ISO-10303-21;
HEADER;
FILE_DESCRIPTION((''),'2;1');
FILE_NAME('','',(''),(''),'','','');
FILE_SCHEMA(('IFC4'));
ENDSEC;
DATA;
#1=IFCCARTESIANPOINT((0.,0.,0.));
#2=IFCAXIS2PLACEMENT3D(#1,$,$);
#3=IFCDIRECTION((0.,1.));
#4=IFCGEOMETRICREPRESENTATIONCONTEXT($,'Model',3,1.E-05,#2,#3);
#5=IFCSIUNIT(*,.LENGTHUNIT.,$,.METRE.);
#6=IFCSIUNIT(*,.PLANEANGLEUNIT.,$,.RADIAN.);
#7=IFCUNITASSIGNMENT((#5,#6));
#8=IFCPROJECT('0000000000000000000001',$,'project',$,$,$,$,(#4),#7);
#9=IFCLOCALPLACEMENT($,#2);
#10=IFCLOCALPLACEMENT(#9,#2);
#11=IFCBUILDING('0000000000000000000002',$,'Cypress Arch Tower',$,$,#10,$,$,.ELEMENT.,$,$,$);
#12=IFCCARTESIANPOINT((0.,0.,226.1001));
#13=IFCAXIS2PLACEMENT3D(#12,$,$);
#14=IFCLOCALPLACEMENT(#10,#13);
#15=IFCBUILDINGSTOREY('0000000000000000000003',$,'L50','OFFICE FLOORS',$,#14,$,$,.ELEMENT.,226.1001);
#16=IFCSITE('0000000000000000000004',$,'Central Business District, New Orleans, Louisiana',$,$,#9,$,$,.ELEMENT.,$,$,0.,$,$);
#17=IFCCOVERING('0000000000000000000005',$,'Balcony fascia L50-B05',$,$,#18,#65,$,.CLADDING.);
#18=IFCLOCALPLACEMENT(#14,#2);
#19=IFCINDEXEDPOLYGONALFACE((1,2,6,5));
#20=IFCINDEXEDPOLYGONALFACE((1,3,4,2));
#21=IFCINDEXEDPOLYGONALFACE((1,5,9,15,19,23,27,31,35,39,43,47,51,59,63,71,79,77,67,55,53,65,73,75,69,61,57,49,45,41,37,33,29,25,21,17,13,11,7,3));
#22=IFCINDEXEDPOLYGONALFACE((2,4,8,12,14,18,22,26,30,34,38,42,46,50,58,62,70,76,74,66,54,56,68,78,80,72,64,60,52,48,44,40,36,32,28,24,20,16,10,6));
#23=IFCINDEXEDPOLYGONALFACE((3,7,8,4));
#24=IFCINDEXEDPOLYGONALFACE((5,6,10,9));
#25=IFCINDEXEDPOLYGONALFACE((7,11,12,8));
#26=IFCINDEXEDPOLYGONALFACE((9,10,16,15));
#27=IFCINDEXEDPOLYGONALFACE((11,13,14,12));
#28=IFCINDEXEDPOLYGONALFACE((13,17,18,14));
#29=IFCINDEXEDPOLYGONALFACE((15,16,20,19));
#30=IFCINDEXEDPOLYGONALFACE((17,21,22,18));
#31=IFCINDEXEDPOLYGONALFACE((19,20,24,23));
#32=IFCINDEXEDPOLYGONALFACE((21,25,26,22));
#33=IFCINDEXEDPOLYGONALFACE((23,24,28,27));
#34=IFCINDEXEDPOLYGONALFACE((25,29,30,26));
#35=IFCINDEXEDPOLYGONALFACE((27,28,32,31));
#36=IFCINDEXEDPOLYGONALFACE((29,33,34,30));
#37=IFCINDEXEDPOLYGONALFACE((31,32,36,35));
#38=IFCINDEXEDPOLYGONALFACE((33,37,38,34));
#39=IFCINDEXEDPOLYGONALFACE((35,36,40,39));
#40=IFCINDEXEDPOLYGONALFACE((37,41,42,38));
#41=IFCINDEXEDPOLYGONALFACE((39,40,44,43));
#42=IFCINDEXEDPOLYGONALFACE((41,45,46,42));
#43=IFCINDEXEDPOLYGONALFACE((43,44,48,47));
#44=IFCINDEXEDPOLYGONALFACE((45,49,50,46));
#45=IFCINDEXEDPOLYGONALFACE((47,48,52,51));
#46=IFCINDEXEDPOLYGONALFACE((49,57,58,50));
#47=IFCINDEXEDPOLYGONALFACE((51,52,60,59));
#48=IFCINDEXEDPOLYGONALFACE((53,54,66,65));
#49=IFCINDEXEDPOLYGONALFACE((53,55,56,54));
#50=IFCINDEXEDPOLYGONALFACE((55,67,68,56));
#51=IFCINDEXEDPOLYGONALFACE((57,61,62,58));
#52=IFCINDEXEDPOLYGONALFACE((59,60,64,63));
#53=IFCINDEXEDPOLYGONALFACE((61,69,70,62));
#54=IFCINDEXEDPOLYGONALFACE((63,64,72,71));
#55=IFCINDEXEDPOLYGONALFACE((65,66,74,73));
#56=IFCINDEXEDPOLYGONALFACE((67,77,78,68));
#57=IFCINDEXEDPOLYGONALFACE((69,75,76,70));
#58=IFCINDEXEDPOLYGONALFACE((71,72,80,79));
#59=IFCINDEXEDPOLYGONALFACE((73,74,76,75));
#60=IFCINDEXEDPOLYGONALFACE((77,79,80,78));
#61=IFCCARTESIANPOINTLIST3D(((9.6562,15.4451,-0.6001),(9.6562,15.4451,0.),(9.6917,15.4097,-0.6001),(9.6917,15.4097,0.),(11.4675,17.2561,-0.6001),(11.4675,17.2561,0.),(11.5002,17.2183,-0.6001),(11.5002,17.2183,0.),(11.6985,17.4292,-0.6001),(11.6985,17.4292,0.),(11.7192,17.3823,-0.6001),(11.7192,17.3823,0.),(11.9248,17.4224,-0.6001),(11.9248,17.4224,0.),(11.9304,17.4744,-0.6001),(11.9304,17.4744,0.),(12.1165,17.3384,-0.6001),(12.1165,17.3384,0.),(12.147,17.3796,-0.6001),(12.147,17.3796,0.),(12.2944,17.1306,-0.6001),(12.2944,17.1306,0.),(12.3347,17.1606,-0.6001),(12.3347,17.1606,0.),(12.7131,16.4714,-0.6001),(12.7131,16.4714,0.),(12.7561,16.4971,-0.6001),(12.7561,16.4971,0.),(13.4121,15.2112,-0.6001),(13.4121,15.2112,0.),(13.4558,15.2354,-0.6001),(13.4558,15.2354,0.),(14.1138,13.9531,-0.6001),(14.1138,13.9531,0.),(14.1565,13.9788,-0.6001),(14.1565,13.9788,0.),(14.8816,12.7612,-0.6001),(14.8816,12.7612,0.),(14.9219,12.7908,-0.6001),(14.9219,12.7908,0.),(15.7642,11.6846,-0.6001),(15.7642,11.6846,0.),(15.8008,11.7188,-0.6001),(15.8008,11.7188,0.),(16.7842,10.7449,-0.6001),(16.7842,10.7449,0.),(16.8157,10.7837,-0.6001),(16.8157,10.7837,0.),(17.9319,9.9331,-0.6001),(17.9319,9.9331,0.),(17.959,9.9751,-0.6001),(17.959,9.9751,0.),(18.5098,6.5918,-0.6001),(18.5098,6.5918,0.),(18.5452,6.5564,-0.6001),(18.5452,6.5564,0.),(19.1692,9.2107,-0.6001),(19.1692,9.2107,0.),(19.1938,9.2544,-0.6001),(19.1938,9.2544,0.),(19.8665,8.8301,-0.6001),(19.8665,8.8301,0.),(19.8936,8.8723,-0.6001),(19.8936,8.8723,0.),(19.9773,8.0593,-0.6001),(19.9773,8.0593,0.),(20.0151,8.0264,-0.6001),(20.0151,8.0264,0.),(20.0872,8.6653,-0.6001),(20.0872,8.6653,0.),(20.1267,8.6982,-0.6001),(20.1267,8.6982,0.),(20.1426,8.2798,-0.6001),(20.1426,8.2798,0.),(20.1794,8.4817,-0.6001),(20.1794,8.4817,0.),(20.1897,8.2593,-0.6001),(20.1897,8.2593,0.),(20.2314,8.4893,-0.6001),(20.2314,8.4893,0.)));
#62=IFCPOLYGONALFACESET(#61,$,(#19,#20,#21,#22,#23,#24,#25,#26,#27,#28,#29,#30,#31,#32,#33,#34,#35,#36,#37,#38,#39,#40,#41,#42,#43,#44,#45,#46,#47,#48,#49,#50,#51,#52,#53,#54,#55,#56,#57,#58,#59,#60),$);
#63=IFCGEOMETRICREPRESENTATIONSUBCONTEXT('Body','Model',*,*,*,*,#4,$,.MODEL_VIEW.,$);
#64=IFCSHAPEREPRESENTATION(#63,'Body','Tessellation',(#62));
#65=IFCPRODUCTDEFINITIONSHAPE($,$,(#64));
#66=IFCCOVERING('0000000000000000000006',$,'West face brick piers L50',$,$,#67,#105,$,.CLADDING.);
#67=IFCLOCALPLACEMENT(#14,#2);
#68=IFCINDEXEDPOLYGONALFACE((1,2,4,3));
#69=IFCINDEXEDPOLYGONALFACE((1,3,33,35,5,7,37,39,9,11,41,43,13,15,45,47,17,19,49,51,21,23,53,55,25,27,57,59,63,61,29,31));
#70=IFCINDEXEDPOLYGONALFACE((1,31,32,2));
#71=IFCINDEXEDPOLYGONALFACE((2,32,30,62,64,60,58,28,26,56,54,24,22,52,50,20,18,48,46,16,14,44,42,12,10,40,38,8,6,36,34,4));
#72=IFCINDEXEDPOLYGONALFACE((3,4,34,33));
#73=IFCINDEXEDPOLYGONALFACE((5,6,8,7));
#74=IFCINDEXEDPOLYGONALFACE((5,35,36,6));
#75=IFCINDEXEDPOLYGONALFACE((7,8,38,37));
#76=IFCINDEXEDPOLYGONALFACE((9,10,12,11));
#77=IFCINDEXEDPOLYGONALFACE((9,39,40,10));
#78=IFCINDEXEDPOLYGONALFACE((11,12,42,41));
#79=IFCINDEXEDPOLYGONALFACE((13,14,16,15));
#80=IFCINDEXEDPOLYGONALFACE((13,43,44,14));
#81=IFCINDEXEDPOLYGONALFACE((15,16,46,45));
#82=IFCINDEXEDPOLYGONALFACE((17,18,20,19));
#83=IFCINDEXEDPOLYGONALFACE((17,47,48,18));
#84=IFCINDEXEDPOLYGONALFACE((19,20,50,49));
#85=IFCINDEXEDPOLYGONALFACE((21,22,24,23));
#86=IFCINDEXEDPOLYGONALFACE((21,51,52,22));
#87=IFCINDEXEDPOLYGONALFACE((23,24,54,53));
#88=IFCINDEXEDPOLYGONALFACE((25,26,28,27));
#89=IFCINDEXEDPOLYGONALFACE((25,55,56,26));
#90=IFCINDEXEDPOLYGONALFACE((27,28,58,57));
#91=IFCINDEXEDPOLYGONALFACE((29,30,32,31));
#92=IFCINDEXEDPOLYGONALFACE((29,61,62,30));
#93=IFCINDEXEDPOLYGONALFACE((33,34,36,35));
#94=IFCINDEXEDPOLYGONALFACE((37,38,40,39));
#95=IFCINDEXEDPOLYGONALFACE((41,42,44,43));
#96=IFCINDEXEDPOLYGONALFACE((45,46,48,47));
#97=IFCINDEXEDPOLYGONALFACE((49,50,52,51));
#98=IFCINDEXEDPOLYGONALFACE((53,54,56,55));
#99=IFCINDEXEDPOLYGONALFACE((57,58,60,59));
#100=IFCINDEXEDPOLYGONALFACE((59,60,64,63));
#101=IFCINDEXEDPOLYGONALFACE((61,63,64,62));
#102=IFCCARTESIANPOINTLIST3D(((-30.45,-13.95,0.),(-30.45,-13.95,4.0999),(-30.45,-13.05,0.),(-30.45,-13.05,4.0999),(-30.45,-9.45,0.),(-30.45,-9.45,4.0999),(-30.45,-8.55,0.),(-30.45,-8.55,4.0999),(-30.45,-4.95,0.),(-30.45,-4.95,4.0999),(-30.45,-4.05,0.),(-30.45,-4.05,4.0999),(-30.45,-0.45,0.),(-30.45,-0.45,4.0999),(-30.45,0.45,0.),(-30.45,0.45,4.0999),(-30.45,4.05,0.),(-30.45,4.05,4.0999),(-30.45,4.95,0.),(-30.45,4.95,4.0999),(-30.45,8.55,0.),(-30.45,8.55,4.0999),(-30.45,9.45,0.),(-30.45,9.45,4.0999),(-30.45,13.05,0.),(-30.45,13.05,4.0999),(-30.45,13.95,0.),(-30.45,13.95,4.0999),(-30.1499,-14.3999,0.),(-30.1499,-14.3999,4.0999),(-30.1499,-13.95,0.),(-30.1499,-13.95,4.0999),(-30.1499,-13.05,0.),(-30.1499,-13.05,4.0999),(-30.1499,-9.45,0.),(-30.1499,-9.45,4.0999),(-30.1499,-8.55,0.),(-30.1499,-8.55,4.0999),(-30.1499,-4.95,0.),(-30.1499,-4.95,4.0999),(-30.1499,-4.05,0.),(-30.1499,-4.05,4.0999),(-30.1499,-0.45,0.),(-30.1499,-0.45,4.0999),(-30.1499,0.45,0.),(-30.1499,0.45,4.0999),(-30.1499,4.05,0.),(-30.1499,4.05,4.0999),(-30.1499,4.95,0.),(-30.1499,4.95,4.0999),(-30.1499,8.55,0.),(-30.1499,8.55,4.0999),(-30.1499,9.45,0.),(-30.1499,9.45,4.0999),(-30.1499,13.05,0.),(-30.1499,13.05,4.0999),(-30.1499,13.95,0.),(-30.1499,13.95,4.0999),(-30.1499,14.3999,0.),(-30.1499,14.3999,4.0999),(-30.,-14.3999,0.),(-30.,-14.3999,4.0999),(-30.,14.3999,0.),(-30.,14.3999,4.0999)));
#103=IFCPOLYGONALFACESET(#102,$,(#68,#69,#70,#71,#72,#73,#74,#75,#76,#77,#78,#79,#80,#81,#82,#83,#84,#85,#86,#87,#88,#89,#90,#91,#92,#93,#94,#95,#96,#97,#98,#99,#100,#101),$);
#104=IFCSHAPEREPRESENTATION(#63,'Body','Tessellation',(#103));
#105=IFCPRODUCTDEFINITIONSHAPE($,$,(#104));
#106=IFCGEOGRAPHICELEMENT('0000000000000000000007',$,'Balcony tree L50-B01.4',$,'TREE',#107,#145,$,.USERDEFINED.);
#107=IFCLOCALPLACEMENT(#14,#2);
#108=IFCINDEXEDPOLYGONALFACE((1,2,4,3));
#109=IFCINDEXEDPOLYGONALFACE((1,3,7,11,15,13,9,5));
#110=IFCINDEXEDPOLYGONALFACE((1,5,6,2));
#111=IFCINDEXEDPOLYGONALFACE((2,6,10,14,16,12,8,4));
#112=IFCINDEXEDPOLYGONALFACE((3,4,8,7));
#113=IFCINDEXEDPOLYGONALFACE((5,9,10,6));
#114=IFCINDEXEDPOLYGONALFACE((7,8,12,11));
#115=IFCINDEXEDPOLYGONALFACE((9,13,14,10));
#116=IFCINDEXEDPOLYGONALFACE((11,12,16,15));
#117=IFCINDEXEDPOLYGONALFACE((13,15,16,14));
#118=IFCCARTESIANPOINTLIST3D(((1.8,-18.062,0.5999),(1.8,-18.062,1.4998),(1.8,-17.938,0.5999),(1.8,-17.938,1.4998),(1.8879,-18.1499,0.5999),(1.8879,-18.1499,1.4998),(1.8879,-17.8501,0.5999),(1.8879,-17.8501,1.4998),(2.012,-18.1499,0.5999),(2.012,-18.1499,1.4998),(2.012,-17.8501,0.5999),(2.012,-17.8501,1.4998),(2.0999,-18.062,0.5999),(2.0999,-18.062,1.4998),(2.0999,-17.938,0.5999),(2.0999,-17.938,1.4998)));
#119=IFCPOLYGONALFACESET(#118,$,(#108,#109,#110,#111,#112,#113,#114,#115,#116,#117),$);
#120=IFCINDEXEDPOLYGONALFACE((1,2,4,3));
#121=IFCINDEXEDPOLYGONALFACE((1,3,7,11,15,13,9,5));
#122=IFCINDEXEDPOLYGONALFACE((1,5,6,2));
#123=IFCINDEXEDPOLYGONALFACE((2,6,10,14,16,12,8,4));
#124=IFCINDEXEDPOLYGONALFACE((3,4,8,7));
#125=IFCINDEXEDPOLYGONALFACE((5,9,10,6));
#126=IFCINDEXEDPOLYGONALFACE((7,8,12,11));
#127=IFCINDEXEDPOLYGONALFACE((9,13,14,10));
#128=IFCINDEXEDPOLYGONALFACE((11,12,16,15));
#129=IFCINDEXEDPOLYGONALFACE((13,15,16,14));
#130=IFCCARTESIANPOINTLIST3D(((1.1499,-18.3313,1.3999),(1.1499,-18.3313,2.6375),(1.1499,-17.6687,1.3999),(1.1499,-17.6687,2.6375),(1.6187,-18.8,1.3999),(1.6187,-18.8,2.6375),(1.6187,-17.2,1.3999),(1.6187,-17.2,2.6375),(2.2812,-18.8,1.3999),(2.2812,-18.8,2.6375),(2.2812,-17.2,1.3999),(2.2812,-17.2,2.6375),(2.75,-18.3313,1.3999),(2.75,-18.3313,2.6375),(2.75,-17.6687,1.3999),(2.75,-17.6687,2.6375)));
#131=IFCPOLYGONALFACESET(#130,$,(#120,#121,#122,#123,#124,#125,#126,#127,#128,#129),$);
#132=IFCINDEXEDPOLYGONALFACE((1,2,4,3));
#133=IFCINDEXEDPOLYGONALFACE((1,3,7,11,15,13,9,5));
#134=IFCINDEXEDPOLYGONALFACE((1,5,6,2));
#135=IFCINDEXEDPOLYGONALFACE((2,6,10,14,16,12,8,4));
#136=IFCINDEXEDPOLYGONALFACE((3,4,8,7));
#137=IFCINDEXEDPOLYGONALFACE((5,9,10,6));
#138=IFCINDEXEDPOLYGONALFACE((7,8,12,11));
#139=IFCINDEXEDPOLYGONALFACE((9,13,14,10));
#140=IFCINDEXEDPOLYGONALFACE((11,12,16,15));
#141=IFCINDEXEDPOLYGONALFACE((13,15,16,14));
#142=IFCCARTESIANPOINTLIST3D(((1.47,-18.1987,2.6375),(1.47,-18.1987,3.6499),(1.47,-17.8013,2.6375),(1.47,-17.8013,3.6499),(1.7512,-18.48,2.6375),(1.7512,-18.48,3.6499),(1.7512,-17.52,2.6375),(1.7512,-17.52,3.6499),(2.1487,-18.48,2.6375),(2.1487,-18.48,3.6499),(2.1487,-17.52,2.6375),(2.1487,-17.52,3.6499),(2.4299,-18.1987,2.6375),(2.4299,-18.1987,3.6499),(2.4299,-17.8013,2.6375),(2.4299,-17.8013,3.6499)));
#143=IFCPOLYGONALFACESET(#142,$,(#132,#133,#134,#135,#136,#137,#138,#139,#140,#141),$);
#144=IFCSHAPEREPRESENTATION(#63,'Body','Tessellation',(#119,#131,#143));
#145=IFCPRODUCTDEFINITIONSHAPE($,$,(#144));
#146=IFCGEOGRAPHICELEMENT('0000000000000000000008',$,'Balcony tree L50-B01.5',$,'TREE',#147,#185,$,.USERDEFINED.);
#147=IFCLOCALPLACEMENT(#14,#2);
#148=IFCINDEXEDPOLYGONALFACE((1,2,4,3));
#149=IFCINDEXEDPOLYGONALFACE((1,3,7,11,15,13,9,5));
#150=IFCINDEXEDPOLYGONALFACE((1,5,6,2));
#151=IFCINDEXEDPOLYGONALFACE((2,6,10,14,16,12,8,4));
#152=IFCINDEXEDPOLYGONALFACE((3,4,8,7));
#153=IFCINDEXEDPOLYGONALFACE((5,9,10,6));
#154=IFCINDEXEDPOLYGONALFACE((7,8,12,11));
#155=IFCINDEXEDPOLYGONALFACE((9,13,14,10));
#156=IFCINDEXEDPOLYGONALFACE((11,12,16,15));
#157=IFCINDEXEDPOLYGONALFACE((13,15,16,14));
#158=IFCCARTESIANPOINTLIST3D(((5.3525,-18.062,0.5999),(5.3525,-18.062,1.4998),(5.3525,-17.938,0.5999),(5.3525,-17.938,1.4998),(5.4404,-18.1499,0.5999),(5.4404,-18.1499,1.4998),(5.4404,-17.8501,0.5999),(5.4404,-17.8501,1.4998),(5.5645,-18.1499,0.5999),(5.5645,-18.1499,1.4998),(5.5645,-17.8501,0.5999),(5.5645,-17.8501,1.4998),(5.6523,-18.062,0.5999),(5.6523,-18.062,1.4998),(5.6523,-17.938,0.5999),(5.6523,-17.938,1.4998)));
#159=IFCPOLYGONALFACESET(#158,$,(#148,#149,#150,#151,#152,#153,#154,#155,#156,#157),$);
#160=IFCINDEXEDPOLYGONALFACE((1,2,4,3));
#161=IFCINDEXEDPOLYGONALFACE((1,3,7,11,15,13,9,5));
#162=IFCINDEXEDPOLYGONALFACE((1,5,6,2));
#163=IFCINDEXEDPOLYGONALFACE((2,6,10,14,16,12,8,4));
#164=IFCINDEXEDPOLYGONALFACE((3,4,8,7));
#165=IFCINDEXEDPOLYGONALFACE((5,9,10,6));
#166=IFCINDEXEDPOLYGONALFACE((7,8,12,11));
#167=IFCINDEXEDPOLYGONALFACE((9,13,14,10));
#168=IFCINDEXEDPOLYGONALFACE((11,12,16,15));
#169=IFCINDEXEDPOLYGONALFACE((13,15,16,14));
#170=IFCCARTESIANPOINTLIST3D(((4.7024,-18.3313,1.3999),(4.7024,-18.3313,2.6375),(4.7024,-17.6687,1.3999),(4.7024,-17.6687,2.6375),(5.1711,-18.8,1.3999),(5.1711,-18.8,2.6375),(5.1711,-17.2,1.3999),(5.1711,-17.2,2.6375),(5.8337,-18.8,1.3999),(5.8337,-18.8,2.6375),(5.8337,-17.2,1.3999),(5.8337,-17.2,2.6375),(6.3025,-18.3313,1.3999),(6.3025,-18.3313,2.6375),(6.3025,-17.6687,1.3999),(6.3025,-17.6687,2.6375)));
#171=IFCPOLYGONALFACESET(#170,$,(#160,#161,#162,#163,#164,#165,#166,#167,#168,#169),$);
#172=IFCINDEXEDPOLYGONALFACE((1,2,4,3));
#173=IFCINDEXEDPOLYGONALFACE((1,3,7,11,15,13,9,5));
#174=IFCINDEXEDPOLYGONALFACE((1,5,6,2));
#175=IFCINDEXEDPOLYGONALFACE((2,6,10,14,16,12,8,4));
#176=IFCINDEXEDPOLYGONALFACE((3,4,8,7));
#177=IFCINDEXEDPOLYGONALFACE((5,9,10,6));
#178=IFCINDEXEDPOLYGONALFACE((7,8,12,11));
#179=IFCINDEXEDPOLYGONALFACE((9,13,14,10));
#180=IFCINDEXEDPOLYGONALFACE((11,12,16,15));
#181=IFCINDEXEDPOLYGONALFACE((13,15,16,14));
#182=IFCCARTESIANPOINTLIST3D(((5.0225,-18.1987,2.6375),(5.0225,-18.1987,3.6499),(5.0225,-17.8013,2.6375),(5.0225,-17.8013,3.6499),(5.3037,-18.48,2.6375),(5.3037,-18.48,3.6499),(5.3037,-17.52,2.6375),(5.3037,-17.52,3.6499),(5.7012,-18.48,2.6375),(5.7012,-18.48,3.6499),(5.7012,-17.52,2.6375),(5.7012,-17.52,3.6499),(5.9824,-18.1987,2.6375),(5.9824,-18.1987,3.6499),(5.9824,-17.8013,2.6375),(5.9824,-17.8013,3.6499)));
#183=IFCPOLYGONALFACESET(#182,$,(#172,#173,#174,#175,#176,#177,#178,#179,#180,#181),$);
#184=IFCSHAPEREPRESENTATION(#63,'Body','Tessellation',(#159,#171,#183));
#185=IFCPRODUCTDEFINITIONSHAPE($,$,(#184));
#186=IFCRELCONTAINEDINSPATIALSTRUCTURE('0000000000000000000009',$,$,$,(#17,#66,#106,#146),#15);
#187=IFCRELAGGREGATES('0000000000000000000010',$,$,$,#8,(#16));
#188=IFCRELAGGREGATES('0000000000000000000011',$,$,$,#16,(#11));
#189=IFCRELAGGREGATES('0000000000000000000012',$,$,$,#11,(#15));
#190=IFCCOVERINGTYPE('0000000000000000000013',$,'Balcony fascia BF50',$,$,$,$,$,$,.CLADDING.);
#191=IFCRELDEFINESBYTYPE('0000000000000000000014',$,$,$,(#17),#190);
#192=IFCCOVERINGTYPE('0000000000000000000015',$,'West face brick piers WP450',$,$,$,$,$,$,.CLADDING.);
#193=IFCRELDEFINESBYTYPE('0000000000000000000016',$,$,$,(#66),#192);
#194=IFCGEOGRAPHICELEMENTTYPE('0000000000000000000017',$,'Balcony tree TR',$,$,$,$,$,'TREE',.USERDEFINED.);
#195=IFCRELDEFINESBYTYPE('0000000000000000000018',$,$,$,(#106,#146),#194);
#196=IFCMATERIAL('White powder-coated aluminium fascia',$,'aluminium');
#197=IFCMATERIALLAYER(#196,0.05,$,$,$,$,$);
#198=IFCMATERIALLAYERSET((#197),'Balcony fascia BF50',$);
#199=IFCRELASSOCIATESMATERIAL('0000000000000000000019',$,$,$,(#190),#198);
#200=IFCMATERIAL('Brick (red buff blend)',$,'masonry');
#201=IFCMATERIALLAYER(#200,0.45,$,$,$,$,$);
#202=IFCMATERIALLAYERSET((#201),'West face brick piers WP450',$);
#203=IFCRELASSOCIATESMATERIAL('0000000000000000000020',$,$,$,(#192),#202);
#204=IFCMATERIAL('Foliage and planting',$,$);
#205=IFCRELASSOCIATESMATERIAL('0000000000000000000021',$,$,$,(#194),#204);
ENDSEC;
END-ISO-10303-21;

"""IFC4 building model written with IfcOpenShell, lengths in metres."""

from ifc_helpers import new_model, si_unit, direction, frame, origin, place, context, subcontext, project, spatial, polyline, outline, extrude, material, layer, layer_set, type_object, element, save


model = new_model("IFC4")

# Units and contexts
model_context = context("Model", 3, precision=1e-05, world=origin(), true_north=direction((0.0, 1.0)))
body_context = subcontext(model_context, "Body", "Model", "MODEL_VIEW")
ifc_project = project(units=[si_unit("LENGTHUNIT", "METRE"), si_unit("PLANEANGLEUNIT", "RADIAN")], contexts=[model_context])

# Site, building, storey
site_placement = place(None, origin())
site = spatial("IfcSite", under=ifc_project, at=site_placement, Name="Central Business District, New Orleans, Louisiana", CompositionType="ELEMENT", RefElevation=0.0)
building_placement = place(site_placement, origin())
building = spatial("IfcBuilding", under=site, at=building_placement, Name="Cypress Arch Tower", CompositionType="ELEMENT")
storey_placement = place(building_placement, frame((0.0, 0.0, 226.1001)))
storey = spatial("IfcBuildingStorey", under=building, at=storey_placement, Name="L50", Description="OFFICE FLOORS", CompositionType="ELEMENT", Elevation=226.1001)

# Coverings
ifc_material_1 = material(Name="White powder-coated aluminium fascia", Category="aluminium")
ifc_layer_1 = layer(ifc_material_1, 0.05)
ifc_layer_set_1 = layer_set([ifc_layer_1], Name="Balcony fascia BF50")
covering_type_1 = type_object("IfcCoveringType", Name="Balcony fascia BF50", PredefinedType="CLADDING", material=ifc_layer_set_1)
covering_1_placement = place(storey_placement, frame((0.0, 0.0, -0.6001)))
element("IfcCovering", 1, at=covering_1_placement, inside=storey, type_object=covering_type_1, Name="Balcony fascia L50-B05", PredefinedType="CLADDING", context=body_context, shape_type="SweptSolid", body=[
    extrude(outline(polyline([(11.4675, 17.2561), (11.6985, 17.4292), (11.9304, 17.4744), (12.147, 17.3796), (12.3347, 17.1606), (12.7561, 16.4971), (13.4558, 15.2354), (14.1565, 13.9788), (14.9219, 12.7908), (15.8008, 11.7188), (16.8157, 10.7837), (17.959, 9.9751), (19.1938, 9.2544), (19.8936, 8.8723), (20.1267, 8.6982), (20.2314, 8.4893), (20.1897, 8.2593), (20.0151, 8.0264), (18.5452, 6.5564), (18.5098, 6.5918), (19.9773, 8.0593), (20.1426, 8.2798), (20.1794, 8.4817), (20.0872, 8.6653), (19.8665, 8.8301), (19.1692, 9.2107), (17.9319, 9.9331), (16.7842, 10.7449), (15.7642, 11.6846), (14.8816, 12.7612), (14.1138, 13.9531), (13.4121, 15.2112), (12.7131, 16.4714), (12.2944, 17.1306), (12.1165, 17.3384), (11.9248, 17.4224), (11.7192, 17.3823), (11.5002, 17.2183), (9.6917, 15.4097), (9.6562, 15.4451), (11.4675, 17.2561)])), origin(), (0.0, 0.0, 1.0), 0.6001),
])
ifc_material_2 = material(Name="Brick (red buff blend)", Category="masonry")
ifc_layer_2 = layer(ifc_material_2, 0.45)
ifc_layer_set_2 = layer_set([ifc_layer_2], Name="West face brick piers WP450")
covering_type_2 = type_object("IfcCoveringType", Name="West face brick piers WP450", PredefinedType="CLADDING", material=ifc_layer_set_2)
covering_2_placement = place(storey_placement, origin())
element("IfcCovering", 2, at=covering_2_placement, inside=storey, type_object=covering_type_2, Name="West face brick piers L50", PredefinedType="CLADDING", context=body_context, shape_type="SweptSolid", body=[
    extrude(outline(polyline([(-30.1499, -13.05), (-30.1499, -9.45), (-30.45, -9.45), (-30.45, -8.55), (-30.1499, -8.55), (-30.1499, -4.95), (-30.45, -4.95), (-30.45, -4.05), (-30.1499, -4.05), (-30.1499, -0.45), (-30.45, -0.45), (-30.45, 0.45), (-30.1499, 0.45), (-30.1499, 4.05), (-30.45, 4.05), (-30.45, 4.95), (-30.1499, 4.95), (-30.1499, 8.55), (-30.45, 8.55), (-30.45, 9.45), (-30.1499, 9.45), (-30.1499, 13.05), (-30.45, 13.05), (-30.45, 13.95), (-30.1499, 13.95), (-30.1499, 14.3999), (-30.0, 14.3999), (-30.0, -14.3999), (-30.1499, -14.3999), (-30.1499, -13.95), (-30.45, -13.95), (-30.45, -13.05), (-30.1499, -13.05)])), origin(), (0.0, 0.0, 1.0), 4.0999),
])

# Geographic elements
ifc_material_3 = material(Name="Foliage and planting")
geographic_element_type = type_object("IfcGeographicElementType", Name="Balcony tree TR", ElementType="TREE", PredefinedType="USERDEFINED", material=ifc_material_3)
for number, where, z_axis, x_axis, name in (
    (3, (1.95, -18.0, 0.5999), (0.0, 0.0, 1.0), (1.0, 0.0, 0.0), "Balcony tree L50-B01.4"),
    (4, (5.5024, -18.0, 0.5999), (0.0, 0.0, 1.0), (1.0, 0.0, 0.0), "Balcony tree L50-B01.5"),
):
    element("IfcGeographicElement", number, at=place(storey_placement, frame(where, z_axis=z_axis, x_axis=x_axis)), inside=storey, type_object=geographic_element_type, Name=name, ObjectType="TREE", PredefinedType="USERDEFINED", context=body_context, shape_type="SweptSolid", body=[
        extrude(outline(polyline([(0.1499, 0.062), (0.062, 0.1499), (-0.062, 0.1499), (-0.1499, 0.062), (-0.1499, -0.062), (-0.062, -0.1499), (0.062, -0.1499), (0.1499, -0.062), (0.1499, 0.062)])), origin(), (0.0, 0.0, 1.0), 0.8999),
        extrude(outline(polyline([(0.8, 0.3313), (0.3313, 0.8), (-0.3313, 0.8), (-0.8, 0.3313), (-0.8, -0.3313), (-0.3313, -0.8), (0.3313, -0.8), (0.8, -0.3313), (0.8, 0.3313)])), frame((0.0, 0.0, 0.8)), (0.0, 0.0, 1.0), 1.2375),
        extrude(outline(polyline([(0.48, 0.1987), (0.1987, 0.48), (-0.1987, 0.48), (-0.48, 0.1987), (-0.48, -0.1987), (-0.1987, -0.48), (0.1987, -0.48), (0.48, -0.1987), (0.48, 0.1987)])), frame((0.0, 0.0, 2.0376)), (0.0, 0.0, 1.0), 1.0125),
    ])

save(model, "model.ifc")
